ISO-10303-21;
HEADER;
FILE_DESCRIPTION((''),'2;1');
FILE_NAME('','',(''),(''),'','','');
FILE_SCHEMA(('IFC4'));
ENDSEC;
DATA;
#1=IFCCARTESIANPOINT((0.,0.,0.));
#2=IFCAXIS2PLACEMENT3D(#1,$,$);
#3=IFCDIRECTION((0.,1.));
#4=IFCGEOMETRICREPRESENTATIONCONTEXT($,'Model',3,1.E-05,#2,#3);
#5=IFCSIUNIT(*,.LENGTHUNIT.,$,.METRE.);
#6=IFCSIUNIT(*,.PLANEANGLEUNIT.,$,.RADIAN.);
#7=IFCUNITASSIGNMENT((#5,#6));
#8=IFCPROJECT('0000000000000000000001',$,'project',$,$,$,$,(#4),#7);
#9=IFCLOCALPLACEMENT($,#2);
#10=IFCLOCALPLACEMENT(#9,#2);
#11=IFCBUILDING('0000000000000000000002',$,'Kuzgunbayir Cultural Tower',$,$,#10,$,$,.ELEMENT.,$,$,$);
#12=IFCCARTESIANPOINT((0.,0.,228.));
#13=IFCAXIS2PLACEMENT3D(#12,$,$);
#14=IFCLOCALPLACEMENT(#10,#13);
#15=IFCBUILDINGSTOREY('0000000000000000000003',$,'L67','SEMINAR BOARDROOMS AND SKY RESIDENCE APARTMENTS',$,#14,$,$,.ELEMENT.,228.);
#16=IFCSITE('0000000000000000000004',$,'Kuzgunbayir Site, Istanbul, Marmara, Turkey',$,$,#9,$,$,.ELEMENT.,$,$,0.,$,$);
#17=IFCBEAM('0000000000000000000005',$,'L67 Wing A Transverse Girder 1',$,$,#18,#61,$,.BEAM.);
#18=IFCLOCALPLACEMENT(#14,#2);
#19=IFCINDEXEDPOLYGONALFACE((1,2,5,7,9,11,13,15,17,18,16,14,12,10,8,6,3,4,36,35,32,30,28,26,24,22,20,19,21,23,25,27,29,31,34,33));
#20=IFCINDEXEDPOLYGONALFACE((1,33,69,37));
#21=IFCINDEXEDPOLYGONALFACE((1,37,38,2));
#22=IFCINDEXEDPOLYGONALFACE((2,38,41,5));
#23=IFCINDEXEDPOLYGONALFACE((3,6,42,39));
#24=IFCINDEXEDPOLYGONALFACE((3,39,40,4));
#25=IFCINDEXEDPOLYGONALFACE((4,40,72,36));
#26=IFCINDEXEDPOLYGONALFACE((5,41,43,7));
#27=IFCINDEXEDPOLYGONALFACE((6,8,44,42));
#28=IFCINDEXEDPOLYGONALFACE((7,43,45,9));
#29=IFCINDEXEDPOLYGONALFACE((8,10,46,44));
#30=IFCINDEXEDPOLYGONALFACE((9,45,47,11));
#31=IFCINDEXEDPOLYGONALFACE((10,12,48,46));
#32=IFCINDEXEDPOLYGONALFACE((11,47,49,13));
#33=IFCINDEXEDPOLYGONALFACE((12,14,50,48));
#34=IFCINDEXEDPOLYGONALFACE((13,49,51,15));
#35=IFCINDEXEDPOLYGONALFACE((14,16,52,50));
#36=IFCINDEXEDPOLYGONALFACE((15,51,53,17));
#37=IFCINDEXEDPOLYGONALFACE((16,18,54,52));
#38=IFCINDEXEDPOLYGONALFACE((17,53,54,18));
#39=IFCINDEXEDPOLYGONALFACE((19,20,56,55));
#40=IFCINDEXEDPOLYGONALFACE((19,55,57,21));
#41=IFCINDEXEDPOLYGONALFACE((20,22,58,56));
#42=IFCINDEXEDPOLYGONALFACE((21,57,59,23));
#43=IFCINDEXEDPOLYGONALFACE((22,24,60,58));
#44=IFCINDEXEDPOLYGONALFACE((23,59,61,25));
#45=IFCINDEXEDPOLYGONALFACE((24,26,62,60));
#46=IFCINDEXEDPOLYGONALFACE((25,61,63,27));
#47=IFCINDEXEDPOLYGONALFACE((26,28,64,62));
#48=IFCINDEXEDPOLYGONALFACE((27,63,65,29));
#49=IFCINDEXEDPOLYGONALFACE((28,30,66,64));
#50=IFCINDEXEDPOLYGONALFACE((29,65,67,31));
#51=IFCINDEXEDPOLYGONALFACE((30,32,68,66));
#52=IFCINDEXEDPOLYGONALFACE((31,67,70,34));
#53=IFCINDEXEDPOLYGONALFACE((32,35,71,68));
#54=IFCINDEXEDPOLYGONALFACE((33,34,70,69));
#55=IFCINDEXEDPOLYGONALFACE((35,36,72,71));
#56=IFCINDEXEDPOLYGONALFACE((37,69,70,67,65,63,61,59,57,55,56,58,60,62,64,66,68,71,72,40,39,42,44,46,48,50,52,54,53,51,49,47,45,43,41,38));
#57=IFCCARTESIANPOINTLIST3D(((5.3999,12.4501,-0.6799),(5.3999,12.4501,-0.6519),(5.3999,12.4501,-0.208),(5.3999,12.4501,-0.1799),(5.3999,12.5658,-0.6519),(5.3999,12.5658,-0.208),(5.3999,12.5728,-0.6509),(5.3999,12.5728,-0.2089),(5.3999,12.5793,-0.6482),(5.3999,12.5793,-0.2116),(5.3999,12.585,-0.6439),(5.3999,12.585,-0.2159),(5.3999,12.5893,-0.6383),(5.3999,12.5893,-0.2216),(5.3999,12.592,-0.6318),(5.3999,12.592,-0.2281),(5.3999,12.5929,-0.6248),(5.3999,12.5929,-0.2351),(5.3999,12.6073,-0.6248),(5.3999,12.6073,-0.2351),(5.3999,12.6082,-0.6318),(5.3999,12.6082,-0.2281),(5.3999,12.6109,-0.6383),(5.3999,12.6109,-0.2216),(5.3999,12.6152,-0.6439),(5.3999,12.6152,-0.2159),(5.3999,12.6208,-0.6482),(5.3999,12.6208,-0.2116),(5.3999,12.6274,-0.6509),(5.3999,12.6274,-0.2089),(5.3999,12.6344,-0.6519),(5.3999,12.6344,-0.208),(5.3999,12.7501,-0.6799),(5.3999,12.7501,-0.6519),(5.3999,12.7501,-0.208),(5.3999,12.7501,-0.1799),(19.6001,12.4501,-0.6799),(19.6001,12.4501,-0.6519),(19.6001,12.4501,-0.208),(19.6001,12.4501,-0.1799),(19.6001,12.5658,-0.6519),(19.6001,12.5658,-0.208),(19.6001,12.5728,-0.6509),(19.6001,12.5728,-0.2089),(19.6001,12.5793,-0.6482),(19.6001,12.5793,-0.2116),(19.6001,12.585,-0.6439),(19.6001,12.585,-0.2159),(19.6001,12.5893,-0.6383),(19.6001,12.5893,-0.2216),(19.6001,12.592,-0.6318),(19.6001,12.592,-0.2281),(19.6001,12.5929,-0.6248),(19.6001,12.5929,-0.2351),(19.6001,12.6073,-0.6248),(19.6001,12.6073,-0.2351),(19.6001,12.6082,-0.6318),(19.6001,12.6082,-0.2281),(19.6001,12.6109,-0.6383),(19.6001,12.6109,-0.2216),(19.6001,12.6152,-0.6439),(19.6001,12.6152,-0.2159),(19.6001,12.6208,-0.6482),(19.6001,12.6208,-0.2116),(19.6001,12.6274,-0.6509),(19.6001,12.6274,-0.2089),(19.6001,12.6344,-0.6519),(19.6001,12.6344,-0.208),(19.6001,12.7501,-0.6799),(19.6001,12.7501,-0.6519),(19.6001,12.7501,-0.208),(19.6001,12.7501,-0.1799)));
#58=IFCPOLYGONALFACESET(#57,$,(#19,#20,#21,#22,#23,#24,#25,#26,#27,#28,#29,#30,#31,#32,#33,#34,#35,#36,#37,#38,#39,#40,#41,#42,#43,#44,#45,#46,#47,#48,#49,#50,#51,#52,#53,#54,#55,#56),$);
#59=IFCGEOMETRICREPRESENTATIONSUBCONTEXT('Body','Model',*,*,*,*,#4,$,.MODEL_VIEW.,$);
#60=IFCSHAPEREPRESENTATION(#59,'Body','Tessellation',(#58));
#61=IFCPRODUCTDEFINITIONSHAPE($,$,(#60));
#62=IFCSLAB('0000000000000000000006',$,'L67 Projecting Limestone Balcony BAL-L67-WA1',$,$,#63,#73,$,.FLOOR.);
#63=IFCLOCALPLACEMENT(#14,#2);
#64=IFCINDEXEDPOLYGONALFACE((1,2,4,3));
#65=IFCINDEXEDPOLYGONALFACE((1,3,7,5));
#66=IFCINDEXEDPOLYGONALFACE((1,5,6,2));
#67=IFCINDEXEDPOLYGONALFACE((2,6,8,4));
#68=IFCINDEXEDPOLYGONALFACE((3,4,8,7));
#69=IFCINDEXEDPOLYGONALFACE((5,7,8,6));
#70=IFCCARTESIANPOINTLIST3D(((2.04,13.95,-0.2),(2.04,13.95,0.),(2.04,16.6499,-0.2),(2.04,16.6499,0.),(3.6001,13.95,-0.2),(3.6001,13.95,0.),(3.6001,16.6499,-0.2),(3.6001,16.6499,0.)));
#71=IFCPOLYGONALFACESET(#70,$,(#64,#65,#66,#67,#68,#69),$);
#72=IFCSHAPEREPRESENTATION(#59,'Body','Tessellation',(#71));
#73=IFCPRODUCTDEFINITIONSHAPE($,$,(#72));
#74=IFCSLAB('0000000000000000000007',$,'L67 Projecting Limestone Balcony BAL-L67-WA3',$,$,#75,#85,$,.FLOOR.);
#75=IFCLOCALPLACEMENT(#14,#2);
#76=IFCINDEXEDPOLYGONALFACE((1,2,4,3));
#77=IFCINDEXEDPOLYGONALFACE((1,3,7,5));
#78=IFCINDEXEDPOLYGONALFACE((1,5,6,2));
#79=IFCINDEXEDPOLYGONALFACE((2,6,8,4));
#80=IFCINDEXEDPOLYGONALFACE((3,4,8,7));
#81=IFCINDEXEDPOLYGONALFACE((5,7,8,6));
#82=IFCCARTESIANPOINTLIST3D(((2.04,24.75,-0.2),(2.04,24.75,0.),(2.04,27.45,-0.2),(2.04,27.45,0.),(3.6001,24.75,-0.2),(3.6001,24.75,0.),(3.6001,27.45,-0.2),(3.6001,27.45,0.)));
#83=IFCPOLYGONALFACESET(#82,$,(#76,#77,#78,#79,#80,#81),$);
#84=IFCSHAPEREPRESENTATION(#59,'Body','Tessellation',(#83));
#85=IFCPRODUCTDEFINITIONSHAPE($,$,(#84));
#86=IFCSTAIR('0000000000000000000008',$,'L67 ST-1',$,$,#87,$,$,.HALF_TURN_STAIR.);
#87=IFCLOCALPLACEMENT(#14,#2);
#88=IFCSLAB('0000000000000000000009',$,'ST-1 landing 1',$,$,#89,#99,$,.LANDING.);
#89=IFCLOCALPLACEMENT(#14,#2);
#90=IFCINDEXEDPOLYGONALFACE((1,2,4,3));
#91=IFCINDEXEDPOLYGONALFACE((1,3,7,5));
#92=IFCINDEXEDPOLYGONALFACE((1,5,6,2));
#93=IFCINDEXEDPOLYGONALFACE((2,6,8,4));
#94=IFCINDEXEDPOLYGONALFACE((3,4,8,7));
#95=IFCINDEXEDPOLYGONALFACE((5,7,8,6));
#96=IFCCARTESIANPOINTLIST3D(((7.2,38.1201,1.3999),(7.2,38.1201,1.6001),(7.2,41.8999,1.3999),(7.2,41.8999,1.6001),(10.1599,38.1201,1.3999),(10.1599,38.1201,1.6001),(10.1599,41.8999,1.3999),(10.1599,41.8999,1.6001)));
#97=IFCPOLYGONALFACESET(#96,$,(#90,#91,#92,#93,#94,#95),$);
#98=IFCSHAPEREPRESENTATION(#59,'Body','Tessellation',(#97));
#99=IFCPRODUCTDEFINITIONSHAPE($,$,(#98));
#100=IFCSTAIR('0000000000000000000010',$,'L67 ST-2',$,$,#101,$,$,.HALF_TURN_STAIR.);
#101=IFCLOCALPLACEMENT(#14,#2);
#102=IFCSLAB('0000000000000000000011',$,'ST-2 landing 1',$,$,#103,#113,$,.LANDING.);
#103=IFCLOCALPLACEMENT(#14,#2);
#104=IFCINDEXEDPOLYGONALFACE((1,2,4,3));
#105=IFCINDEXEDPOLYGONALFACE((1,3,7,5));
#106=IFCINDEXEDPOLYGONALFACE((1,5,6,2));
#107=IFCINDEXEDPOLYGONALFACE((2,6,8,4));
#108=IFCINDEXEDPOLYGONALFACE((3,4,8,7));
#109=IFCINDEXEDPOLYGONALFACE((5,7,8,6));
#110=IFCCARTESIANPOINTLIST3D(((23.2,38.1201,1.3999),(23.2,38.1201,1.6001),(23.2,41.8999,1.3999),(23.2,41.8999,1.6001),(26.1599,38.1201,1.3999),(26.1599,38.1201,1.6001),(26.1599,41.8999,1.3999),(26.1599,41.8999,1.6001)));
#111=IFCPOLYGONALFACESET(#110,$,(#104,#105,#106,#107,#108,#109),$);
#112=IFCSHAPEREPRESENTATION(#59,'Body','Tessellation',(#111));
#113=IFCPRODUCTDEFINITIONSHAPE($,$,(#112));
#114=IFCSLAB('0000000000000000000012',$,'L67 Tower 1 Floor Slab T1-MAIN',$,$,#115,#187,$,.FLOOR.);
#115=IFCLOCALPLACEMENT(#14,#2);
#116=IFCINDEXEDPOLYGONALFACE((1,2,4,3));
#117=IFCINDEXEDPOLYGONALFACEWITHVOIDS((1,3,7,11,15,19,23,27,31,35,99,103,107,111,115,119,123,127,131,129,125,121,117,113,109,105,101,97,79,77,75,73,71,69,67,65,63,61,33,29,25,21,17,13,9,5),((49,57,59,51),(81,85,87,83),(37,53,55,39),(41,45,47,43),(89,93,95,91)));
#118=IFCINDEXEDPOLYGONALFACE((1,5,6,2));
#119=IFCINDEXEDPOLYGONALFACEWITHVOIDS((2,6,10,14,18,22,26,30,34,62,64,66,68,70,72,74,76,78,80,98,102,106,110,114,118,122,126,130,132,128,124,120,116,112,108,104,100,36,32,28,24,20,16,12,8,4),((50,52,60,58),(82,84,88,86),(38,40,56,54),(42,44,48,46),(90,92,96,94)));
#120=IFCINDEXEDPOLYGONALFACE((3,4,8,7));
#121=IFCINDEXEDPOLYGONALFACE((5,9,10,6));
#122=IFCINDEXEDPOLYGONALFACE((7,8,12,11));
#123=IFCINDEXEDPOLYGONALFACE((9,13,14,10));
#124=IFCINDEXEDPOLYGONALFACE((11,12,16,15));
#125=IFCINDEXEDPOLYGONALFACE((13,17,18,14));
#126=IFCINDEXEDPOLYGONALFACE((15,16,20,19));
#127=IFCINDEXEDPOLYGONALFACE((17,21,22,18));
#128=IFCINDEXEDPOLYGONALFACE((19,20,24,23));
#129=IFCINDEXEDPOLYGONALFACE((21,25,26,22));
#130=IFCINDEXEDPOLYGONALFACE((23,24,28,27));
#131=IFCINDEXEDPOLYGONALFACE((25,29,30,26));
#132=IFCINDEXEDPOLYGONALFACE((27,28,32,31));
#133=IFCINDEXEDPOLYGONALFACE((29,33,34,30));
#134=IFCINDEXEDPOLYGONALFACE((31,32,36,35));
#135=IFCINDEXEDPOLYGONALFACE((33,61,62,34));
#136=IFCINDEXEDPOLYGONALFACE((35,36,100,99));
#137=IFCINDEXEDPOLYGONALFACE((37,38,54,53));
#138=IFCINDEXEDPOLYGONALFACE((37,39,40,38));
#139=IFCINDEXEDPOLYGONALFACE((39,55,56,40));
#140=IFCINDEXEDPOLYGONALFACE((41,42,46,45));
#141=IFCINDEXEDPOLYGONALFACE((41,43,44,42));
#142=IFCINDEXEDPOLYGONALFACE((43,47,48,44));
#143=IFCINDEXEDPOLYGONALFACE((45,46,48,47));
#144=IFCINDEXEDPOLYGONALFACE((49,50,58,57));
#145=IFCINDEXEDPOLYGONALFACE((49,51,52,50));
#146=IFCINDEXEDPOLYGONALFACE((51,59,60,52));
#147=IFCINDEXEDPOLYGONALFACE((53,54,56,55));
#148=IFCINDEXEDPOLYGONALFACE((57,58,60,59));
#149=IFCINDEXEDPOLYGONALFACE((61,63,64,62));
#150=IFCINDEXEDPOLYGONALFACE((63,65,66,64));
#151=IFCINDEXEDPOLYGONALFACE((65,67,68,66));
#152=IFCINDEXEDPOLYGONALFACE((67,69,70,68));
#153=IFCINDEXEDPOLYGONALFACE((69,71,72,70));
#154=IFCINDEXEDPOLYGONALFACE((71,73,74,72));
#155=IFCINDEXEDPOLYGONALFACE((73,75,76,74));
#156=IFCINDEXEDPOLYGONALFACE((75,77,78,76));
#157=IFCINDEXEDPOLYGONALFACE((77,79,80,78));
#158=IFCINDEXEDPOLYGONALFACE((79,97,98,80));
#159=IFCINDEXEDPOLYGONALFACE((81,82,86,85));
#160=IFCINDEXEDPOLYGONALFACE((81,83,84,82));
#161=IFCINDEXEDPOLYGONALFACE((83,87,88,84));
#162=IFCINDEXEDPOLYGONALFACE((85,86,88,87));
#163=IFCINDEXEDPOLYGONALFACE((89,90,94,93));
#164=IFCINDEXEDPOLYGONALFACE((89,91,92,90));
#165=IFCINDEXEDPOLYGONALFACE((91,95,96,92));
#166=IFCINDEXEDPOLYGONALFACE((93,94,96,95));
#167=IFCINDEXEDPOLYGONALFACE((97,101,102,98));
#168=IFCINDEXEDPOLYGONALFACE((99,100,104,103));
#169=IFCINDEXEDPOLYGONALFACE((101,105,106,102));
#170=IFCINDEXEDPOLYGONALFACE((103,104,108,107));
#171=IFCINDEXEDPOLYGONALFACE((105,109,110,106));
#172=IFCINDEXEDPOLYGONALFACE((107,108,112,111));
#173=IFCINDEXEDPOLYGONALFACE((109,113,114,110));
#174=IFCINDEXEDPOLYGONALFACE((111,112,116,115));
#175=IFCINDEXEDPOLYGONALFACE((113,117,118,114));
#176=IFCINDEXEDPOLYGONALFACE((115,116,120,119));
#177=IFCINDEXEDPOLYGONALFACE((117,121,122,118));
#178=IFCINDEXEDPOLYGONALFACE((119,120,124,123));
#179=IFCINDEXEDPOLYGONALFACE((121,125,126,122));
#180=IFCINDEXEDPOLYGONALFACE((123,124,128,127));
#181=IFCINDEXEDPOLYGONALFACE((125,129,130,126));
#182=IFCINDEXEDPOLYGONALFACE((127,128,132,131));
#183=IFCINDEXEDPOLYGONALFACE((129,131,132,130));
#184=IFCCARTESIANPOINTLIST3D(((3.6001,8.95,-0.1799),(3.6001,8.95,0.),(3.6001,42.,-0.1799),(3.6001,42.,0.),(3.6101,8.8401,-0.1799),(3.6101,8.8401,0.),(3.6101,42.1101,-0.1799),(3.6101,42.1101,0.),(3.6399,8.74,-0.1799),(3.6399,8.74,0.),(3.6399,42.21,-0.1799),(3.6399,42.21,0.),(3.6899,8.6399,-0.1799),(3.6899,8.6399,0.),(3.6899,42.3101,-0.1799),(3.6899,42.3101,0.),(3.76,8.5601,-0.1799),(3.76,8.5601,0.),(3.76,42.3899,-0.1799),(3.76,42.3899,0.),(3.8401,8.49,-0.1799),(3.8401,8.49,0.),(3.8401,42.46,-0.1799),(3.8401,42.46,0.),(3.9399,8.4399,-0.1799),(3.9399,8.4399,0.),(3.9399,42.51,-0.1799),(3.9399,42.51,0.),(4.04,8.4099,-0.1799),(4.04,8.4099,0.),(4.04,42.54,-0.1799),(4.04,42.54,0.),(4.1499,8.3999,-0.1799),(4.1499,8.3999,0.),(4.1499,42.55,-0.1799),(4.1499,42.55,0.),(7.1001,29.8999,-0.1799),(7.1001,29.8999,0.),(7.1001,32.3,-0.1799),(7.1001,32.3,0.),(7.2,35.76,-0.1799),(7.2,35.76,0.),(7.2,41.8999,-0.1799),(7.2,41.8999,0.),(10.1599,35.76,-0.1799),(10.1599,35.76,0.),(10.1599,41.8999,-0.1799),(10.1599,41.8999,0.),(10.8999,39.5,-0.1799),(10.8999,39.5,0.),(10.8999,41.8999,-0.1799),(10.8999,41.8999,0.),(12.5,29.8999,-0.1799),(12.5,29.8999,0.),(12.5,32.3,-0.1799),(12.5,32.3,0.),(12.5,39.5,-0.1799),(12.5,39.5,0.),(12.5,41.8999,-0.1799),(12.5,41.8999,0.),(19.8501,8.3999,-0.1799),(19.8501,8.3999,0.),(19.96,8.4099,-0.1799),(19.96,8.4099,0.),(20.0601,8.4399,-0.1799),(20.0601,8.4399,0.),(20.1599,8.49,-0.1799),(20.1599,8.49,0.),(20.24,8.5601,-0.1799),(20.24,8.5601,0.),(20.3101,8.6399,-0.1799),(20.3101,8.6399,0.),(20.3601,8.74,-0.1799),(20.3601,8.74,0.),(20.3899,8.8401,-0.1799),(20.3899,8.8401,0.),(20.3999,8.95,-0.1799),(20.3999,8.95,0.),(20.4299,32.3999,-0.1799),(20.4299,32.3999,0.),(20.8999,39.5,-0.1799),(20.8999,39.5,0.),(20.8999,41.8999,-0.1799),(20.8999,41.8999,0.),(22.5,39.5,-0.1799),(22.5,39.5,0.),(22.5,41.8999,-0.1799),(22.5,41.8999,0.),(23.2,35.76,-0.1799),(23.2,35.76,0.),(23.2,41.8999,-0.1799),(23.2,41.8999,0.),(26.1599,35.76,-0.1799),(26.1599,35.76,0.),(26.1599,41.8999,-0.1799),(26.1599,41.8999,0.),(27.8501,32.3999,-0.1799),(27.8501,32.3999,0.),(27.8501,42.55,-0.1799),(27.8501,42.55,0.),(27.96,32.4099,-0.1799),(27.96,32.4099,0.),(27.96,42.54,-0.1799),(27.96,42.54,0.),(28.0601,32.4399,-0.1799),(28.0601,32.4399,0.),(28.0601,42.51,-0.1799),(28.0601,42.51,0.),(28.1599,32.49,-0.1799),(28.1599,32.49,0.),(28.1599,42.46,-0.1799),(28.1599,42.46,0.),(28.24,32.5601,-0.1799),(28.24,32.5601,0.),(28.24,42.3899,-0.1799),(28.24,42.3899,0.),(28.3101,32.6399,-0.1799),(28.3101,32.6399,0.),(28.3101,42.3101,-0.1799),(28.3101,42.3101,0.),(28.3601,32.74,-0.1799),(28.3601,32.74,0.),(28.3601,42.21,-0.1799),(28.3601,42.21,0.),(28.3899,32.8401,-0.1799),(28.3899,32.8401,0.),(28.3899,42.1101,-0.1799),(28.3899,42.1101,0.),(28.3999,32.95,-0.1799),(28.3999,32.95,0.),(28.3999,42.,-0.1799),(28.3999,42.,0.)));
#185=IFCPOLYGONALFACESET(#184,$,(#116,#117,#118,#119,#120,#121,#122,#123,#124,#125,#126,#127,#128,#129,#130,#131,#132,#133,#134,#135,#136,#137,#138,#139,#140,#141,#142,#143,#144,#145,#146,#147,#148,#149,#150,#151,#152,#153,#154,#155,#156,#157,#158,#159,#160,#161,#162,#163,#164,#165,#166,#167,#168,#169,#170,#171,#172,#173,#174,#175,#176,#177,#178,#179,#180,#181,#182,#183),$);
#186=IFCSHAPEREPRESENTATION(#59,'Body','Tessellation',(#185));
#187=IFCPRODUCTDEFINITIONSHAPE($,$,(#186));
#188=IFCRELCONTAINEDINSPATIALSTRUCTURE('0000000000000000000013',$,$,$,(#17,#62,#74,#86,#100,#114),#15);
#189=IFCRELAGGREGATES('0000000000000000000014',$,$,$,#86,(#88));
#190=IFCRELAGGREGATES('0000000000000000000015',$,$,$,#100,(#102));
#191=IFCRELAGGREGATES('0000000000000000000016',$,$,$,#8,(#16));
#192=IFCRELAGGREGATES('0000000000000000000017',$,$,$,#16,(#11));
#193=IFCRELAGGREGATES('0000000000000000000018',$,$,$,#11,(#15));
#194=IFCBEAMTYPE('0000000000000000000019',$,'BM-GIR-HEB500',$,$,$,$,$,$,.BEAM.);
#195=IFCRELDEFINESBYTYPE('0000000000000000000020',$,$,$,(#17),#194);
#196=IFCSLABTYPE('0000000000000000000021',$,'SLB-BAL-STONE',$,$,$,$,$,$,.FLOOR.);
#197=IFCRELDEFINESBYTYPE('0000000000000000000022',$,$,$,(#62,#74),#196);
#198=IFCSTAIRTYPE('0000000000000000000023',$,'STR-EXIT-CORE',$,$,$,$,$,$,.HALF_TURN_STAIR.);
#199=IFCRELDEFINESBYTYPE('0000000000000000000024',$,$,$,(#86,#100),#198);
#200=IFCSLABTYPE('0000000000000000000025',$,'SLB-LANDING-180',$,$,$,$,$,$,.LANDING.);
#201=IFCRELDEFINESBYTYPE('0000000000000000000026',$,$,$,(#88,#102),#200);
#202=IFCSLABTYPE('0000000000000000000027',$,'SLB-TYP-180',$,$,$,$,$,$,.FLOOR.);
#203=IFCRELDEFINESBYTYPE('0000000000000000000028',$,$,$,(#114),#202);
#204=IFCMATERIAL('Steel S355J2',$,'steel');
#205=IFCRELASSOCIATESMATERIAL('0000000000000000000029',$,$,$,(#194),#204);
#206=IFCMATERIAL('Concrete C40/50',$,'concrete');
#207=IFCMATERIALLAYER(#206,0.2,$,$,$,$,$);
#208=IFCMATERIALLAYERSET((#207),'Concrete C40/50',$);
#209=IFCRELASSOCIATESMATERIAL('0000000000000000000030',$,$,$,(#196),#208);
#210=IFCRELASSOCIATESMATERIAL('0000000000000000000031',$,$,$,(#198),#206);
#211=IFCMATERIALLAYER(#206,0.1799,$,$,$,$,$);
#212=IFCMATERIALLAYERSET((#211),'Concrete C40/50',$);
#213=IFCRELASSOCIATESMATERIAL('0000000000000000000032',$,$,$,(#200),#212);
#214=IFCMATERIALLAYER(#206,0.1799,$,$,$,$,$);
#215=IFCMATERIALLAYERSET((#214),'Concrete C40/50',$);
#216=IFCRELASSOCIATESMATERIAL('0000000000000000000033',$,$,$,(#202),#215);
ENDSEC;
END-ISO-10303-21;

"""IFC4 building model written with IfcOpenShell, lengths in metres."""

from ifc_helpers import new_model, si_unit, direction, frame, origin, origin_2d, place, context, subcontext, project, spatial, polyline, i_section, outline, extrude, material, layer, layer_set, material_profile, profile_set, type_object, element, aggregate, save


model = new_model("IFC4")

# Units and contexts
model_context = context("Model", 3, precision=1e-05, world=origin(), true_north=direction((0.0, 1.0)))
body_context = subcontext(model_context, "Body", "Model", "MODEL_VIEW")
ifc_project = project(units=[si_unit("LENGTHUNIT", "METRE"), si_unit("PLANEANGLEUNIT", "RADIAN")], contexts=[model_context])

# Site, building, storey
site_placement = place(None, origin())
site = spatial("IfcSite", under=ifc_project, at=site_placement, Name="Kuzgunbayir Site, Istanbul, Marmara, Turkey", CompositionType="ELEMENT", RefElevation=0.0)
building_placement = place(site_placement, origin())
building = spatial("IfcBuilding", under=site, at=building_placement, Name="Kuzgunbayir Cultural Tower", CompositionType="ELEMENT")
storey_placement = place(building_placement, frame((0.0, 0.0, 228.0)))
storey = spatial("IfcBuildingStorey", under=building, at=storey_placement, Name="L67", Description="SEMINAR BOARDROOMS AND SKY RESIDENCE APARTMENTS", CompositionType="ELEMENT", Elevation=228.0)

# Beam
ifc_material_1 = material(Name="Steel S355J2", Category="steel")
ifc_material_profile_1 = material_profile(ifc_material_1, i_section(OverallWidth=0.3, OverallDepth=0.5, WebThickness=0.0144, FlangeThickness=0.0281, FilletRadius=0.0271, at=origin_2d()), Name="HEB 500")
ifc_profile_set_1 = profile_set([ifc_material_profile_1], Name="Steel S355J2")
beam_type_1 = type_object("IfcBeamType", Name="BM-GIR-HEB500", PredefinedType="BEAM", material=ifc_profile_set_1)
beam_1_placement = place(storey_placement, frame((5.3999, 12.6001, -0.4299), z_axis=(1.0, 0.0, 0.0), x_axis=(0.0, 1.0, 0.0)))
element("IfcBeam", 1, at=beam_1_placement, inside=storey, type_object=beam_type_1, Name="L67 Wing A Transverse Girder 1", PredefinedType="BEAM", context=body_context, shape_type="SweptSolid", body=[
    extrude(i_section(OverallWidth=0.3, OverallDepth=0.5, WebThickness=0.0144, FlangeThickness=0.0281, FilletRadius=0.0271, at=origin_2d()), origin(), (0.0, 0.0, 1.0), 14.2002),
])

# Slabs
ifc_material_2 = material(Name="Concrete C40/50", Category="concrete")
ifc_layer_1 = layer(ifc_material_2, 0.2)
ifc_layer_set_1 = layer_set([ifc_layer_1], Name="Concrete C40/50")
slab_type_1 = type_object("IfcSlabType", Name="SLB-BAL-STONE", PredefinedType="FLOOR", material=ifc_layer_set_1)
slab_1_placement = place(storey_placement, frame((0.0, 0.0, -0.2)))
element("IfcSlab", 2, at=slab_1_placement, inside=storey, type_object=slab_type_1, Name="L67 Projecting Limestone Balcony BAL-L67-WA1", PredefinedType="FLOOR", context=body_context, shape_type="SweptSolid", body=[
    extrude(outline(polyline([(2.04, 13.95), (3.6001, 13.95), (3.6001, 16.6499), (2.04, 16.6499), (2.04, 13.95)])), origin(), (0.0, 0.0, 1.0), 0.2),
])
slab_2_placement = place(storey_placement, frame((0.0, 0.0, -0.2)))
element("IfcSlab", 3, at=slab_2_placement, inside=storey, type_object=slab_type_1, Name="L67 Projecting Limestone Balcony BAL-L67-WA3", PredefinedType="FLOOR", context=body_context, shape_type="SweptSolid", body=[
    extrude(outline(polyline([(2.04, 24.75), (3.6001, 24.75), (3.6001, 27.45), (2.04, 27.45), (2.04, 24.75)])), origin(), (0.0, 0.0, 1.0), 0.2),
])

# Stairs, slabs
stair_type = type_object("IfcStairType", Name="STR-EXIT-CORE", PredefinedType="HALF_TURN_STAIR", material=ifc_material_2)
stair_1_placement = place(storey_placement, origin())
stair_1 = element("IfcStair", 4, at=stair_1_placement, inside=storey, type_object=stair_type, Name="L67 ST-1", PredefinedType="HALF_TURN_STAIR")
ifc_layer_2 = layer(ifc_material_2, 0.1799)
ifc_layer_set_2 = layer_set([ifc_layer_2], Name="Concrete C40/50")
slab_type_2 = type_object("IfcSlabType", Name="SLB-LANDING-180", PredefinedType="LANDING", material=ifc_layer_set_2)
slab_3_placement = place(storey_placement, frame((0.0, 0.0, 1.3999)))
slab_3 = element("IfcSlab", 5, at=slab_3_placement, type_object=slab_type_2, Name="ST-1 landing 1", PredefinedType="LANDING", context=body_context, shape_type="SweptSolid", body=[
    extrude(outline(polyline([(10.1599, 38.1201), (10.1599, 41.8999), (7.2, 41.8999), (7.2, 38.1201), (10.1599, 38.1201)])), origin(), (0.0, 0.0, 1.0), 0.2002),
])
aggregate(stair_1, [slab_3])
stair_2_placement = place(storey_placement, origin())
stair_2 = element("IfcStair", 6, at=stair_2_placement, inside=storey, type_object=stair_type, Name="L67 ST-2", PredefinedType="HALF_TURN_STAIR")
slab_4_placement = place(storey_placement, frame((0.0, 0.0, 1.3999)))
slab_4 = element("IfcSlab", 7, at=slab_4_placement, type_object=slab_type_2, Name="ST-2 landing 1", PredefinedType="LANDING", context=body_context, shape_type="SweptSolid", body=[
    extrude(outline(polyline([(26.1599, 38.1201), (26.1599, 41.8999), (23.2, 41.8999), (23.2, 38.1201), (26.1599, 38.1201)])), origin(), (0.0, 0.0, 1.0), 0.2002),
])
aggregate(stair_2, [slab_4])

# Slab
ifc_layer_3 = layer(ifc_material_2, 0.1799)
ifc_layer_set_3 = layer_set([ifc_layer_3], Name="Concrete C40/50")
slab_type_3 = type_object("IfcSlabType", Name="SLB-TYP-180", PredefinedType="FLOOR", material=ifc_layer_set_3)
slab_5_placement = place(storey_placement, frame((0.0, 0.0, -0.1799)))
element("IfcSlab", 8, at=slab_5_placement, inside=storey, type_object=slab_type_3, Name="L67 Tower 1 Floor Slab T1-MAIN", PredefinedType="FLOOR", context=body_context, shape_type="SweptSolid", body=[
    extrude(outline(polyline([(20.3999, 8.95), (20.3899, 8.8401), (20.3601, 8.74), (20.3101, 8.6399), (20.24, 8.5601), (20.1599, 8.49), (20.0601, 8.4399), (19.96, 8.4099), (19.8501, 8.3999), (4.1499, 8.3999), (4.04, 8.4099), (3.9399, 8.4399), (3.8401, 8.49), (3.76, 8.5601), (3.6899, 8.6399), (3.6399, 8.74), (3.6101, 8.8401), (3.6001, 8.95), (3.6001, 42.0), (3.6101, 42.1101), (3.6399, 42.21), (3.6899, 42.3101), (3.76, 42.3899), (3.8401, 42.46), (3.9399, 42.51), (4.04, 42.54), (4.1499, 42.55), (27.8501, 42.55), (27.96, 42.54), (28.0601, 42.51), (28.1599, 42.46), (28.24, 42.3899), (28.3101, 42.3101), (28.3601, 42.21), (28.3899, 42.1101), (28.3999, 42.0), (28.3999, 32.95), (28.3899, 32.8401), (28.3601, 32.74), (28.3101, 32.6399), (28.24, 32.5601), (28.1599, 32.49), (28.0601, 32.4399), (27.96, 32.4099), (27.8501, 32.3999), (20.4299, 32.3999), (20.3999, 8.95)]), holes=[polyline([(7.2, 35.76), (7.2, 41.8999), (10.1599, 41.8999), (10.1599, 35.76), (7.2, 35.76)]), polyline([(23.2, 35.76), (23.2, 41.8999), (26.1599, 41.8999), (26.1599, 35.76), (23.2, 35.76)]), polyline([(7.1001, 29.8999), (7.1001, 32.3), (12.5, 32.3), (12.5, 29.8999), (7.1001, 29.8999)]), polyline([(10.8999, 39.5), (10.8999, 41.8999), (12.5, 41.8999), (12.5, 39.5), (10.8999, 39.5)]), polyline([(20.8999, 39.5), (20.8999, 41.8999), (22.5, 41.8999), (22.5, 39.5), (20.8999, 39.5)])]), origin(), (0.0, 0.0, 1.0), 0.1799),
])

save(model, "model.ifc")
